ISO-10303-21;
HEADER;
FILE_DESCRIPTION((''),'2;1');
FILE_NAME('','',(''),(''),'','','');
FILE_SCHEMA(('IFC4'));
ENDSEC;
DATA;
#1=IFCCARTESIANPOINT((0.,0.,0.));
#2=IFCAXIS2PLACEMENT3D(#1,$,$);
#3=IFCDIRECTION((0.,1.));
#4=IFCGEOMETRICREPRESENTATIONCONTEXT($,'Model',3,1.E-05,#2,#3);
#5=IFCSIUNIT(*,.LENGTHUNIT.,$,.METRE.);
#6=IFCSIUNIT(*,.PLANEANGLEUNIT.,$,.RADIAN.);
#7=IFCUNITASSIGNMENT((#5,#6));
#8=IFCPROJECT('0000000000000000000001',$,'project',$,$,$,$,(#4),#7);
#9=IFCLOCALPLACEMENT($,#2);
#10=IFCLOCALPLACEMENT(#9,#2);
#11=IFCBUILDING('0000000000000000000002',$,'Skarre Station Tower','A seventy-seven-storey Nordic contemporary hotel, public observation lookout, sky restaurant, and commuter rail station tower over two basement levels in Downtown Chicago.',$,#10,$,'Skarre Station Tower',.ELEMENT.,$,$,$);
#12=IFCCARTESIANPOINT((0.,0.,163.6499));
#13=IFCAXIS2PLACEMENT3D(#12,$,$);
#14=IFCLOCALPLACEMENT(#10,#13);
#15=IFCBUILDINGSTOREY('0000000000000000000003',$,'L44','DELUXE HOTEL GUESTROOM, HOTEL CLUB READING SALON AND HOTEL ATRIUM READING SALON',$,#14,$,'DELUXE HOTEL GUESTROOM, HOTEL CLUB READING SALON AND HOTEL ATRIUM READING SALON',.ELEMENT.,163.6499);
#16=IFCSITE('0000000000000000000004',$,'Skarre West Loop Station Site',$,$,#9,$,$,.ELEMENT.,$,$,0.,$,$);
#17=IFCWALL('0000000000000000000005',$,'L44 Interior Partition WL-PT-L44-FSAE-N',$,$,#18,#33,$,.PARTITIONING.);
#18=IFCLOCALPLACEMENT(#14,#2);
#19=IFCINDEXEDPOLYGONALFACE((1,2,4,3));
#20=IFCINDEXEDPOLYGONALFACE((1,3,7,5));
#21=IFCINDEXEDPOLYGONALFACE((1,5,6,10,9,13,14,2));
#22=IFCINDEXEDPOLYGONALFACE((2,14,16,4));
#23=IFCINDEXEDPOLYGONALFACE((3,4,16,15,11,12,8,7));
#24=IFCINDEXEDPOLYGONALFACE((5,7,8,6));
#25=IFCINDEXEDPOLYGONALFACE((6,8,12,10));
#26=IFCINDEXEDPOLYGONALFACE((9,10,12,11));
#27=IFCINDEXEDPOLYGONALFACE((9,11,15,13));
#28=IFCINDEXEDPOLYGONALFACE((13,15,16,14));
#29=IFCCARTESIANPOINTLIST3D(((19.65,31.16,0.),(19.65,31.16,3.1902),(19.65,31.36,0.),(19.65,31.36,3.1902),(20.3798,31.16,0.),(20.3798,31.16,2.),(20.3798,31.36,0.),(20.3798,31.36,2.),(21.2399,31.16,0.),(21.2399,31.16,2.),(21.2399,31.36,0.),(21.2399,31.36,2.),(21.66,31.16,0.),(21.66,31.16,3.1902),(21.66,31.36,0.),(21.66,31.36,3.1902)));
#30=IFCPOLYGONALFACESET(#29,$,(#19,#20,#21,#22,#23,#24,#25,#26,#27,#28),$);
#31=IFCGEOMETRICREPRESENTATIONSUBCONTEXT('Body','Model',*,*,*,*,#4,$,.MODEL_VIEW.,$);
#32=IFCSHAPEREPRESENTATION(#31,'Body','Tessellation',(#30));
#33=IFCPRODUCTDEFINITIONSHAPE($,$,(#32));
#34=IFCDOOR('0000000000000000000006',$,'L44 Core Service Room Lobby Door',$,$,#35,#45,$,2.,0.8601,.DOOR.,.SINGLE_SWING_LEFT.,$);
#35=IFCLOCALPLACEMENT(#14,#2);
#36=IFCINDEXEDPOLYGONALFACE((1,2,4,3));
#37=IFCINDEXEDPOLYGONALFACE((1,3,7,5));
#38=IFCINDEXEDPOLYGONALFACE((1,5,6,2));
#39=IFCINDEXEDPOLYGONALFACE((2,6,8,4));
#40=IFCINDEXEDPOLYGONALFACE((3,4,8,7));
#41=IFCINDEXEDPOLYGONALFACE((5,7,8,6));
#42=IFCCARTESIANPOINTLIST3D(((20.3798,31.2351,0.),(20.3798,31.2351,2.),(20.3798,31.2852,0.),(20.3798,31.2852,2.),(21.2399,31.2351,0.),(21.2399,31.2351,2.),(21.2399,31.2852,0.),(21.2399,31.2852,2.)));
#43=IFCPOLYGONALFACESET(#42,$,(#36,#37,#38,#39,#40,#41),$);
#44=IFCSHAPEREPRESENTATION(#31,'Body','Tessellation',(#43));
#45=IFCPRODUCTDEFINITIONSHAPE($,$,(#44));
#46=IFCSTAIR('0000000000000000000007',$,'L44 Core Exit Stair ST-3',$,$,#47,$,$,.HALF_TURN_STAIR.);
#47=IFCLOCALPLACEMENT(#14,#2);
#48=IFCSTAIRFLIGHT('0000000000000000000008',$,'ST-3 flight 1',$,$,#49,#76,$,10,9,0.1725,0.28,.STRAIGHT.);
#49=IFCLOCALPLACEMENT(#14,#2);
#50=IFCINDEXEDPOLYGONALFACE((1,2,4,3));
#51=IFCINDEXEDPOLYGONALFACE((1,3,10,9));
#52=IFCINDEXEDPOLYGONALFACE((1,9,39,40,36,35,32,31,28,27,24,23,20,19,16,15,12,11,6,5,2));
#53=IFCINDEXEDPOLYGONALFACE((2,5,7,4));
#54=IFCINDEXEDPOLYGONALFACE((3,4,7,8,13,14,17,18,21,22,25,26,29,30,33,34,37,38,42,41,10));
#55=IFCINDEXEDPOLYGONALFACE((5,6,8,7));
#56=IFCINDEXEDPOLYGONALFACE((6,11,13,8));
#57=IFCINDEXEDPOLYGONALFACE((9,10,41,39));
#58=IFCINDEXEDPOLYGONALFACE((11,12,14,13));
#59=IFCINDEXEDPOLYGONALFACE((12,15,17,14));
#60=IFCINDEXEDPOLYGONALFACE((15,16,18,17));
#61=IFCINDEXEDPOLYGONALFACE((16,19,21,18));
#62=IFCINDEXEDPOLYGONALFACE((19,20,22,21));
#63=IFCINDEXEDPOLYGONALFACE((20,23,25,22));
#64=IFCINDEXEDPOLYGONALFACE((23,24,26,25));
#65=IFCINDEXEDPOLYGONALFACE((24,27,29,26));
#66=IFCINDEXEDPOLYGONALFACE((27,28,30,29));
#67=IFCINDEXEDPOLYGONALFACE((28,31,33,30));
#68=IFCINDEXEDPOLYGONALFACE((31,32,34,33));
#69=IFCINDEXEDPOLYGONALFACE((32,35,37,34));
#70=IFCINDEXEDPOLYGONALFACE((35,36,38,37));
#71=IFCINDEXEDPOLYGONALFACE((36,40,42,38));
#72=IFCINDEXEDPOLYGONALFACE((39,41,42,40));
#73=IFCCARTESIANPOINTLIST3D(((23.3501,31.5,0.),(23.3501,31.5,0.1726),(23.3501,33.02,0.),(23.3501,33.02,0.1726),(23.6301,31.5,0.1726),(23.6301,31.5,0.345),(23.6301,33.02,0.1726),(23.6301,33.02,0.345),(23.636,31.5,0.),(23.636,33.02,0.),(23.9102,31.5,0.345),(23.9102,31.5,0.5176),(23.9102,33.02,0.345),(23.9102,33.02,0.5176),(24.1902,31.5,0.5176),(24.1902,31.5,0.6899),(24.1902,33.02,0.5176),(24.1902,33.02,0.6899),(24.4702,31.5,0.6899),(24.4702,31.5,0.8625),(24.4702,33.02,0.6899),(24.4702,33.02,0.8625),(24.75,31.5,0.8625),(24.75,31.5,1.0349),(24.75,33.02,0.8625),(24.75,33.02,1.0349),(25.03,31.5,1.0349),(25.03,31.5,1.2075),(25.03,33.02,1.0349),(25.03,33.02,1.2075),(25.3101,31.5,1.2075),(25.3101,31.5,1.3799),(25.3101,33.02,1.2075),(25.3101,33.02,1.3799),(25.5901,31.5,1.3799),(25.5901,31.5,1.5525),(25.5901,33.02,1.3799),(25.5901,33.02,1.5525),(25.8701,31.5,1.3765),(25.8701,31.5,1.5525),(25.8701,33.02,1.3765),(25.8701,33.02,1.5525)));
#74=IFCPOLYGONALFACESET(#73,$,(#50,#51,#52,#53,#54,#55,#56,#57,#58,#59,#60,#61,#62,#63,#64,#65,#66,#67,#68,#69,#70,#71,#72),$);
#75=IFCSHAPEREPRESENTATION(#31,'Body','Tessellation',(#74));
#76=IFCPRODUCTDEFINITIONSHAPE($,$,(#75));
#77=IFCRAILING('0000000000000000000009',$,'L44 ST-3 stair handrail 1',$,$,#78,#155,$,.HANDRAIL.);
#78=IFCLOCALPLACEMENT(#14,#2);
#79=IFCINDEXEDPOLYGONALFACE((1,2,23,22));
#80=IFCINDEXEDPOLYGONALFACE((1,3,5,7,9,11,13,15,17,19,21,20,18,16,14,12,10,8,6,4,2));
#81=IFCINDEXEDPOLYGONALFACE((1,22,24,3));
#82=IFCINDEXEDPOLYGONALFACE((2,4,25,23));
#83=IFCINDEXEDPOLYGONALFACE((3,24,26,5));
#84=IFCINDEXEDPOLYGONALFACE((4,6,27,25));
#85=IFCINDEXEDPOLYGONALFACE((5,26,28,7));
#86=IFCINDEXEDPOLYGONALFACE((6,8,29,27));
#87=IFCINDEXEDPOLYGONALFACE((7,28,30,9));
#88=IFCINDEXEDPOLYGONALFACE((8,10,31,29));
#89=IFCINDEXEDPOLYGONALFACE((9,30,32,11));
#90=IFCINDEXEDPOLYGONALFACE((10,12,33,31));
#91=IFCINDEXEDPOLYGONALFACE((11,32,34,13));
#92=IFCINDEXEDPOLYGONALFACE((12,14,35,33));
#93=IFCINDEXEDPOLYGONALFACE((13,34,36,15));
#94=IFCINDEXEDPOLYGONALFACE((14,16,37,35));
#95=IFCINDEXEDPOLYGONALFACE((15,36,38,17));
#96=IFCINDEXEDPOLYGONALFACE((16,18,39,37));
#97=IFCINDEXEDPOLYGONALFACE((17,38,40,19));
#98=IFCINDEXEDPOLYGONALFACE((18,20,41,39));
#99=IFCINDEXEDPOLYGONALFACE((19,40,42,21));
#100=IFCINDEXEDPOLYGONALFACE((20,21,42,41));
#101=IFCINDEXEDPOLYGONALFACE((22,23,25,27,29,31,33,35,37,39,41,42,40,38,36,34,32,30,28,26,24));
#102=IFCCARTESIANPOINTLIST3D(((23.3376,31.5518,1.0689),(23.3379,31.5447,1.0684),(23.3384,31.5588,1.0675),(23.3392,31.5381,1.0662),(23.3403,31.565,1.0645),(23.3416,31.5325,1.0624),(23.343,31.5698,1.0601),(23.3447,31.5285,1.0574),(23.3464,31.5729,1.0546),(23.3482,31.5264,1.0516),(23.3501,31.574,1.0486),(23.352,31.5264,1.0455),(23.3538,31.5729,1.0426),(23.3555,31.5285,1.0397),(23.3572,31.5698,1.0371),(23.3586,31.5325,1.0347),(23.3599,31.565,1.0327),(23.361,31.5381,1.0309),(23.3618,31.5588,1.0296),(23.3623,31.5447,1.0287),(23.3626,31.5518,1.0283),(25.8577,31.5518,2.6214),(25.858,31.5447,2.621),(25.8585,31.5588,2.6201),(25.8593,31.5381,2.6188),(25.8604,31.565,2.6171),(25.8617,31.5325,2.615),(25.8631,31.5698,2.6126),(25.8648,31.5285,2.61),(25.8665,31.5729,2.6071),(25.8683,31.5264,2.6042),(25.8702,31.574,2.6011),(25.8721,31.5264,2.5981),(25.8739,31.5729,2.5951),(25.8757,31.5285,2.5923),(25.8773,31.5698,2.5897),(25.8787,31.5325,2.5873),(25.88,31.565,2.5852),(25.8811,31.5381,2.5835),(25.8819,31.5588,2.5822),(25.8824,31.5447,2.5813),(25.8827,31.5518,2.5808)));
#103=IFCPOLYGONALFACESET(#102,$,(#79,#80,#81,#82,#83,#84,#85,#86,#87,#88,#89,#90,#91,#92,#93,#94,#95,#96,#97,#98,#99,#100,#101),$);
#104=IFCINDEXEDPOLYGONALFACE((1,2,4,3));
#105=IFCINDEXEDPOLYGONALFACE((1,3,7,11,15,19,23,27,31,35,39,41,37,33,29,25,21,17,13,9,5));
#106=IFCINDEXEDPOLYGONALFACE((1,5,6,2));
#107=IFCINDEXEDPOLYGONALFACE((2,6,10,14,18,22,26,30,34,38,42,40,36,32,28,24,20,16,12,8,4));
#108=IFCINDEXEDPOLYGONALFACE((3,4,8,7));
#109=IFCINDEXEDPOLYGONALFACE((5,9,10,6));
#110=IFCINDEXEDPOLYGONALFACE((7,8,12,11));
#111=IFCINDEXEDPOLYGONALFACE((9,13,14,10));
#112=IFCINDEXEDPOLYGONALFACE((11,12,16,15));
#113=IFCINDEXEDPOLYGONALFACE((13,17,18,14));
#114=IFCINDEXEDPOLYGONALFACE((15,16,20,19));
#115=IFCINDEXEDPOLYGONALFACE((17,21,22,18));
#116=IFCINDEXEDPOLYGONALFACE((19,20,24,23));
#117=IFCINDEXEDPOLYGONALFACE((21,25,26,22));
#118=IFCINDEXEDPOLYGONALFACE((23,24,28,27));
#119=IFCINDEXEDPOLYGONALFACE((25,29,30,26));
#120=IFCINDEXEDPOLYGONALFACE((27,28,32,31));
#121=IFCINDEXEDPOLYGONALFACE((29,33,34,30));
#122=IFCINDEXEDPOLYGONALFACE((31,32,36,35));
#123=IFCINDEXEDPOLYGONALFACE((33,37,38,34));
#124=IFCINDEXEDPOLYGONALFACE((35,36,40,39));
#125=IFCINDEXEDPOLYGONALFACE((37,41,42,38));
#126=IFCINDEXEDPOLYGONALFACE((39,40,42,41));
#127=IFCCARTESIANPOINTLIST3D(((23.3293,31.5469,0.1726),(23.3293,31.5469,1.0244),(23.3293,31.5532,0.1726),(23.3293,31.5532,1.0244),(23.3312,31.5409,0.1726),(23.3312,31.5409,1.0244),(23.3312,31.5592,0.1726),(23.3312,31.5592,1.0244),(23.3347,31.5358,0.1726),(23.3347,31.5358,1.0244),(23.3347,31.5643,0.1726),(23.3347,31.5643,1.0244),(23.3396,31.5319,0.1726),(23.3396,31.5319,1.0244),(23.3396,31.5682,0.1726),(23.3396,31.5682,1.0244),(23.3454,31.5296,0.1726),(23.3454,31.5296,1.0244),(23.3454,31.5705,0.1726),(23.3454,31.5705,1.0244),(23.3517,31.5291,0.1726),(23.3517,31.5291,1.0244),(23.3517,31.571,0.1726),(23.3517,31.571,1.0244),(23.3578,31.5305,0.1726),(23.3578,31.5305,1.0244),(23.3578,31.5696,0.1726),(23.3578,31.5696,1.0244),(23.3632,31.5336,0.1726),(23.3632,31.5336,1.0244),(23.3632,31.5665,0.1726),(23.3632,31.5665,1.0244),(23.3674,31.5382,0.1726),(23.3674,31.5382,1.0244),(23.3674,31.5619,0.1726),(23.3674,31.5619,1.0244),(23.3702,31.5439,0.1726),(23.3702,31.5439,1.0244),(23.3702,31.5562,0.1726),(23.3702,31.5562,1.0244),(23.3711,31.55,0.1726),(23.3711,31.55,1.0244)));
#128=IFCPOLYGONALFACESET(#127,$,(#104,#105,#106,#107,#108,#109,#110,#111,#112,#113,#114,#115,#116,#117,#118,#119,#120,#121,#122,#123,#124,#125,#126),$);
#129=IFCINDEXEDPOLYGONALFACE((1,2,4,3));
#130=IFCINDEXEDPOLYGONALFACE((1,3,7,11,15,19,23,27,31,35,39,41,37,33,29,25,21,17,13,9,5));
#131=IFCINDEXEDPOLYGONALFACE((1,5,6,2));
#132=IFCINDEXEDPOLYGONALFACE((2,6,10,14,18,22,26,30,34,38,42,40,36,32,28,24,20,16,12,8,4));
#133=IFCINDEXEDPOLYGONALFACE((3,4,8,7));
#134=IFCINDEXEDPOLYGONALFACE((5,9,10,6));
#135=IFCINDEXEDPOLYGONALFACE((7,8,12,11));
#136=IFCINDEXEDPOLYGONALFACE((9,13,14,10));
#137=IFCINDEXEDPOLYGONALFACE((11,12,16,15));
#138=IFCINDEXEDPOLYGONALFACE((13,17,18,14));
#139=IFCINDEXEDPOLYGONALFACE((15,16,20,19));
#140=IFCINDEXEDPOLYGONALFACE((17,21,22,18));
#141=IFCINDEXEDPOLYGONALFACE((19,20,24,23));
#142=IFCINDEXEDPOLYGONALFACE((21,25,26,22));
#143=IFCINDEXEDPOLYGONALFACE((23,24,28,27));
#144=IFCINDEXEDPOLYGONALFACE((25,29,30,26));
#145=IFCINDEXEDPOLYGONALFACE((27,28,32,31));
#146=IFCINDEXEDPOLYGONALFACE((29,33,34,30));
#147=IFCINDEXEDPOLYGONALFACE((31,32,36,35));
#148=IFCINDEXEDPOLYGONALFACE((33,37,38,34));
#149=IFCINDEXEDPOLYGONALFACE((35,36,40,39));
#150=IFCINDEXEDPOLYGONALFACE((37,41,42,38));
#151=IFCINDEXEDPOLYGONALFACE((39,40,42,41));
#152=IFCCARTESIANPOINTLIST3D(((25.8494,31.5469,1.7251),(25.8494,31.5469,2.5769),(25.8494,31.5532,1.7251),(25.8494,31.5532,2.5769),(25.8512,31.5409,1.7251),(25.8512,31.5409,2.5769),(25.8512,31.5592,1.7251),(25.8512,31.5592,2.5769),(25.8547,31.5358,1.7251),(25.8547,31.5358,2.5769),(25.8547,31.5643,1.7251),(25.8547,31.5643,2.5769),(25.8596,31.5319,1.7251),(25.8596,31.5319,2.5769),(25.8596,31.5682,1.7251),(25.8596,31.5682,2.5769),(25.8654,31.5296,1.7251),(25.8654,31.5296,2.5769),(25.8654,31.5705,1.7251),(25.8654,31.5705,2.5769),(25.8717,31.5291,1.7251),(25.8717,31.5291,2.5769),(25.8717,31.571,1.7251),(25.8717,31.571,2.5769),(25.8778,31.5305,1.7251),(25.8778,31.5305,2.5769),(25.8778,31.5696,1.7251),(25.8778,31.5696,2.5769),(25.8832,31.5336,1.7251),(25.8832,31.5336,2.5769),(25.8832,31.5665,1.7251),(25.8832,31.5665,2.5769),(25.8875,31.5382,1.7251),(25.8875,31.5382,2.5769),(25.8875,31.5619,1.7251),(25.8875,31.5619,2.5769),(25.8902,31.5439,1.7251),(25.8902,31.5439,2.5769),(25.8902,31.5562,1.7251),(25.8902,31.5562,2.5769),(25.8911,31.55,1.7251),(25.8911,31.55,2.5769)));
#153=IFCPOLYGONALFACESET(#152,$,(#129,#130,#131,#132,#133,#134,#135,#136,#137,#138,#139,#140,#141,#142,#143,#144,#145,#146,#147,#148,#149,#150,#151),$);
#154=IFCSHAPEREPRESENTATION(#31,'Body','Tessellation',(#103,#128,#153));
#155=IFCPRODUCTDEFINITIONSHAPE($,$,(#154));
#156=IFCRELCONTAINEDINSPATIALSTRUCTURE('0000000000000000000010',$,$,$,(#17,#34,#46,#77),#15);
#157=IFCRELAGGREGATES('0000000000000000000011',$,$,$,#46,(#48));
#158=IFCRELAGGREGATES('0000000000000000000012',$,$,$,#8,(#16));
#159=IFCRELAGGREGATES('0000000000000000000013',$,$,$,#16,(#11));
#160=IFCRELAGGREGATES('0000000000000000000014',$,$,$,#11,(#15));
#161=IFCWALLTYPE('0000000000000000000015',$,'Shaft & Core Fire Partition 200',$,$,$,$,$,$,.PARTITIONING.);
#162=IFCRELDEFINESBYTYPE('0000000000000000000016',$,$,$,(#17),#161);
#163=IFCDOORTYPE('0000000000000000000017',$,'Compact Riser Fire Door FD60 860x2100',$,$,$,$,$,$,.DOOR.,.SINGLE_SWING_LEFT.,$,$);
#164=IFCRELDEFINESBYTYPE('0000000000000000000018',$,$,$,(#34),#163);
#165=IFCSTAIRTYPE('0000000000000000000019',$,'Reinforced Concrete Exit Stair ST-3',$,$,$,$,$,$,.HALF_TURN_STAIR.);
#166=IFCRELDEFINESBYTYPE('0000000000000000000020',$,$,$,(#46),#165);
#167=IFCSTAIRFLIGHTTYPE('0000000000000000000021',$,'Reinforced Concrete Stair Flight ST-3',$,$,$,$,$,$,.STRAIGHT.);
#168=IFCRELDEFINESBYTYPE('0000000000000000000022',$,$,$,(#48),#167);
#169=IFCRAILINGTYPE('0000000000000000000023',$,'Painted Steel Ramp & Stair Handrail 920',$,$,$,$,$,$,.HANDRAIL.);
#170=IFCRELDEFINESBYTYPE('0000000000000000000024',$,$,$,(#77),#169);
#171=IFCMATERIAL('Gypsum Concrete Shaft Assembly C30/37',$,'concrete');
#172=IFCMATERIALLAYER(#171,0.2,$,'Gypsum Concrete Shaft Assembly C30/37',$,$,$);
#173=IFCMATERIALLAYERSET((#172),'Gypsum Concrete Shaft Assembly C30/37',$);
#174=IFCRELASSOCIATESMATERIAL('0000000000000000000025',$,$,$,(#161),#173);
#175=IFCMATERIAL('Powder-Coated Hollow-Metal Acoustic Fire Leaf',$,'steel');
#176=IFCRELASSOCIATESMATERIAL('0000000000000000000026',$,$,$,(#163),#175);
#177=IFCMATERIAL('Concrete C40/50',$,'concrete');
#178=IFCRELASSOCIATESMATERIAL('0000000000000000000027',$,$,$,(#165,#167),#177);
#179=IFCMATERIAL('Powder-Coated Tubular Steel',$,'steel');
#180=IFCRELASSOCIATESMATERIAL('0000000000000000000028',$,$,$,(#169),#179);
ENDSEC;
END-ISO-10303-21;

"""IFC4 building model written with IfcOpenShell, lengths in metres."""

from ifc_helpers import new_model, si_unit, direction, frame, frame_2d, origin, origin_2d, place, context, subcontext, project, spatial, polyline, rectangle, circle, outline, extrude, material, layer, layer_set, type_object, element, fill, aggregate, save


model = new_model("IFC4")

# Units and contexts
model_context = context("Model", 3, precision=1e-05, world=origin(), true_north=direction((0.0, 1.0)))
body_context = subcontext(model_context, "Body", "Model", "MODEL_VIEW")
ifc_project = project(units=[si_unit("LENGTHUNIT", "METRE"), si_unit("PLANEANGLEUNIT", "RADIAN")], contexts=[model_context])

# Site, building, storey
site_placement = place(None, origin())
site = spatial("IfcSite", under=ifc_project, at=site_placement, Name="Skarre West Loop Station Site", CompositionType="ELEMENT", RefElevation=0.0)
building_placement = place(site_placement, origin())
building = spatial("IfcBuilding", under=site, at=building_placement, Name="Skarre Station Tower", Description="A seventy-seven-storey Nordic contemporary hotel, public observation lookout, sky restaurant, and commuter rail station tower over two basement levels in Downtown Chicago.", LongName="Skarre Station Tower", CompositionType="ELEMENT")
storey_placement = place(building_placement, frame((0.0, 0.0, 163.6499)))
storey = spatial("IfcBuildingStorey", under=building, at=storey_placement, Name="L44", Description="DELUXE HOTEL GUESTROOM, HOTEL CLUB READING SALON AND HOTEL ATRIUM READING SALON", LongName="DELUXE HOTEL GUESTROOM, HOTEL CLUB READING SALON AND HOTEL ATRIUM READING SALON", CompositionType="ELEMENT", Elevation=163.6499)

# Wall, opening, door
ifc_material_1 = material(Name="Gypsum Concrete Shaft Assembly C30/37", Category="concrete")
ifc_layer_1 = layer(ifc_material_1, 0.2, Name="Gypsum Concrete Shaft Assembly C30/37")
ifc_layer_set_1 = layer_set([ifc_layer_1], Name="Gypsum Concrete Shaft Assembly C30/37")
wall_type_1 = type_object("IfcWallType", Name="Shaft & Core Fire Partition 200", PredefinedType="PARTITIONING", material=ifc_layer_set_1)
wall_1_placement = place(storey_placement, frame((21.6599, 31.26, 0.0), z_axis=(0.0, 0.0, 1.0), x_axis=(-1.0, 0.0, 0.0)))
wall_1 = element("IfcWall", 1, at=wall_1_placement, inside=storey, type_object=wall_type_1, Name="L44 Interior Partition WL-PT-L44-FSAE-N", PredefinedType="PARTITIONING", context=body_context, shape_type="SweptSolid", body=[
    extrude(rectangle(XDim=2.01, YDim=0.2, at=frame_2d((1.0049, 0.0))), origin(), (0.0, 0.0, 1.0), 3.1902),
])
opening_1_placement = place(wall_1_placement, frame((0.4199, 0.0, 0.0)))
opening_1 = element("IfcOpeningElement", 2, at=opening_1_placement, cuts=wall_1, PredefinedType="OPENING", context=body_context, shape_type="SweptSolid", body=[
    extrude(rectangle(XDim=0.8601, YDim=2.0, at=frame_2d((0.4302, 1.0))), frame((0.0, 0.1099, 0.0), z_axis=(0.0, -1.0, 0.0), x_axis=(1.0, 0.0, 0.0)), (0.0, 0.0, 1.0), 0.22),
])
ifc_material_2 = material(Name="Powder-Coated Hollow-Metal Acoustic Fire Leaf", Category="steel")
door_type_1 = type_object("IfcDoorType", Name="Compact Riser Fire Door FD60 860x2100", OperationType="SINGLE_SWING_LEFT", PredefinedType="DOOR", material=ifc_material_2)
door_1_placement = place(opening_1_placement, origin())
door_1 = element("IfcDoor", 3, at=door_1_placement, inside=storey, type_object=door_type_1, Name="L44 Core Service Room Lobby Door", OperationType="SINGLE_SWING_LEFT", OverallHeight=2.0, OverallWidth=0.8601, PredefinedType="DOOR", context=body_context, shape_type="SweptSolid", body=[
    extrude(rectangle(XDim=0.8601, YDim=2.0, at=frame_2d((0.4302, 1.0))), frame((0.0, 0.0249, 0.0), z_axis=(0.0, -1.0, 0.0), x_axis=(1.0, 0.0, 0.0)), (0.0, 0.0, 1.0), 0.05),
])
fill(opening_1, door_1)

# Stair, stair flight
ifc_material_3 = material(Name="Concrete C40/50", Category="concrete")
stair_type = type_object("IfcStairType", Name="Reinforced Concrete Exit Stair ST-3", PredefinedType="HALF_TURN_STAIR", material=ifc_material_3)
stair_placement = place(storey_placement, origin())
stair = element("IfcStair", 4, at=stair_placement, inside=storey, type_object=stair_type, Name="L44 Core Exit Stair ST-3", PredefinedType="HALF_TURN_STAIR")
stair_flight_type = type_object("IfcStairFlightType", Name="Reinforced Concrete Stair Flight ST-3", PredefinedType="STRAIGHT", material=ifc_material_3)
stair_flight_placement = place(storey_placement, frame((23.3501, 32.26, 0.0), z_axis=(0.0, 0.0, 1.0), x_axis=(1.0, 0.0, 0.0)))
stair_flight = element("IfcStairFlight", 5, at=stair_flight_placement, type_object=stair_flight_type, Name="ST-3 flight 1", NumberOfRisers=10, NumberOfTreads=9, PredefinedType="STRAIGHT", RiserHeight=0.1725, TreadLength=0.28, context=body_context, shape_type="SweptSolid", body=[
    extrude(outline(polyline([(0.0, 0.0), (0.0, 0.1726), (0.28, 0.1726), (0.28, 0.345), (0.5601, 0.345), (0.5601, 0.5176), (0.8401, 0.5176), (0.8401, 0.6899), (1.1201, 0.6899), (1.1201, 0.8625), (1.3999, 0.8625), (1.3999, 1.0349), (1.6799, 1.0349), (1.6799, 1.2075), (1.96, 1.2075), (1.96, 1.3799), (2.24, 1.3799), (2.24, 1.5525), (2.52, 1.5525), (2.52, 1.7251), (2.52, 1.3765), (0.2859, 0.0), (0.0, 0.0)])), frame((0.0, 0.76, 0.0), z_axis=(0.0, -1.0, 0.0), x_axis=(1.0, 0.0, 0.0)), (0.0, 0.0, 1.0), 1.52),
])
aggregate(stair, [stair_flight])

# Railing
ifc_material_4 = material(Name="Powder-Coated Tubular Steel", Category="steel")
railing_type_1 = type_object("IfcRailingType", Name="Painted Steel Ramp & Stair Handrail 920", PredefinedType="HANDRAIL", material=ifc_material_4)
railing_1_placement = place(storey_placement, frame((23.3501, 31.55, 0.1726)))
element("IfcRailing", 6, at=railing_1_placement, inside=storey, type_object=railing_type_1, Name="L44 ST-3 stair handrail 1", PredefinedType="HANDRAIL", context=body_context, shape_type="SweptSolid", body=[
    extrude(circle(Radius=0.0239, at=origin_2d()), frame((0.0, 0.0, 0.876), z_axis=(0.8514, 0.0, 0.524516), x_axis=(0.0, 1.0, 0.0)), (0.0, 0.0, 1.0), 2.96),
    extrude(circle(Radius=0.021, at=origin_2d()), origin(), (0.0, 0.0, 1.0), 0.8518),
    extrude(circle(Radius=0.021, at=origin_2d()), frame((2.52, 0.0, 1.5525)), (0.0, 0.0, 1.0), 0.8518),
])

save(model, "model.ifc")
